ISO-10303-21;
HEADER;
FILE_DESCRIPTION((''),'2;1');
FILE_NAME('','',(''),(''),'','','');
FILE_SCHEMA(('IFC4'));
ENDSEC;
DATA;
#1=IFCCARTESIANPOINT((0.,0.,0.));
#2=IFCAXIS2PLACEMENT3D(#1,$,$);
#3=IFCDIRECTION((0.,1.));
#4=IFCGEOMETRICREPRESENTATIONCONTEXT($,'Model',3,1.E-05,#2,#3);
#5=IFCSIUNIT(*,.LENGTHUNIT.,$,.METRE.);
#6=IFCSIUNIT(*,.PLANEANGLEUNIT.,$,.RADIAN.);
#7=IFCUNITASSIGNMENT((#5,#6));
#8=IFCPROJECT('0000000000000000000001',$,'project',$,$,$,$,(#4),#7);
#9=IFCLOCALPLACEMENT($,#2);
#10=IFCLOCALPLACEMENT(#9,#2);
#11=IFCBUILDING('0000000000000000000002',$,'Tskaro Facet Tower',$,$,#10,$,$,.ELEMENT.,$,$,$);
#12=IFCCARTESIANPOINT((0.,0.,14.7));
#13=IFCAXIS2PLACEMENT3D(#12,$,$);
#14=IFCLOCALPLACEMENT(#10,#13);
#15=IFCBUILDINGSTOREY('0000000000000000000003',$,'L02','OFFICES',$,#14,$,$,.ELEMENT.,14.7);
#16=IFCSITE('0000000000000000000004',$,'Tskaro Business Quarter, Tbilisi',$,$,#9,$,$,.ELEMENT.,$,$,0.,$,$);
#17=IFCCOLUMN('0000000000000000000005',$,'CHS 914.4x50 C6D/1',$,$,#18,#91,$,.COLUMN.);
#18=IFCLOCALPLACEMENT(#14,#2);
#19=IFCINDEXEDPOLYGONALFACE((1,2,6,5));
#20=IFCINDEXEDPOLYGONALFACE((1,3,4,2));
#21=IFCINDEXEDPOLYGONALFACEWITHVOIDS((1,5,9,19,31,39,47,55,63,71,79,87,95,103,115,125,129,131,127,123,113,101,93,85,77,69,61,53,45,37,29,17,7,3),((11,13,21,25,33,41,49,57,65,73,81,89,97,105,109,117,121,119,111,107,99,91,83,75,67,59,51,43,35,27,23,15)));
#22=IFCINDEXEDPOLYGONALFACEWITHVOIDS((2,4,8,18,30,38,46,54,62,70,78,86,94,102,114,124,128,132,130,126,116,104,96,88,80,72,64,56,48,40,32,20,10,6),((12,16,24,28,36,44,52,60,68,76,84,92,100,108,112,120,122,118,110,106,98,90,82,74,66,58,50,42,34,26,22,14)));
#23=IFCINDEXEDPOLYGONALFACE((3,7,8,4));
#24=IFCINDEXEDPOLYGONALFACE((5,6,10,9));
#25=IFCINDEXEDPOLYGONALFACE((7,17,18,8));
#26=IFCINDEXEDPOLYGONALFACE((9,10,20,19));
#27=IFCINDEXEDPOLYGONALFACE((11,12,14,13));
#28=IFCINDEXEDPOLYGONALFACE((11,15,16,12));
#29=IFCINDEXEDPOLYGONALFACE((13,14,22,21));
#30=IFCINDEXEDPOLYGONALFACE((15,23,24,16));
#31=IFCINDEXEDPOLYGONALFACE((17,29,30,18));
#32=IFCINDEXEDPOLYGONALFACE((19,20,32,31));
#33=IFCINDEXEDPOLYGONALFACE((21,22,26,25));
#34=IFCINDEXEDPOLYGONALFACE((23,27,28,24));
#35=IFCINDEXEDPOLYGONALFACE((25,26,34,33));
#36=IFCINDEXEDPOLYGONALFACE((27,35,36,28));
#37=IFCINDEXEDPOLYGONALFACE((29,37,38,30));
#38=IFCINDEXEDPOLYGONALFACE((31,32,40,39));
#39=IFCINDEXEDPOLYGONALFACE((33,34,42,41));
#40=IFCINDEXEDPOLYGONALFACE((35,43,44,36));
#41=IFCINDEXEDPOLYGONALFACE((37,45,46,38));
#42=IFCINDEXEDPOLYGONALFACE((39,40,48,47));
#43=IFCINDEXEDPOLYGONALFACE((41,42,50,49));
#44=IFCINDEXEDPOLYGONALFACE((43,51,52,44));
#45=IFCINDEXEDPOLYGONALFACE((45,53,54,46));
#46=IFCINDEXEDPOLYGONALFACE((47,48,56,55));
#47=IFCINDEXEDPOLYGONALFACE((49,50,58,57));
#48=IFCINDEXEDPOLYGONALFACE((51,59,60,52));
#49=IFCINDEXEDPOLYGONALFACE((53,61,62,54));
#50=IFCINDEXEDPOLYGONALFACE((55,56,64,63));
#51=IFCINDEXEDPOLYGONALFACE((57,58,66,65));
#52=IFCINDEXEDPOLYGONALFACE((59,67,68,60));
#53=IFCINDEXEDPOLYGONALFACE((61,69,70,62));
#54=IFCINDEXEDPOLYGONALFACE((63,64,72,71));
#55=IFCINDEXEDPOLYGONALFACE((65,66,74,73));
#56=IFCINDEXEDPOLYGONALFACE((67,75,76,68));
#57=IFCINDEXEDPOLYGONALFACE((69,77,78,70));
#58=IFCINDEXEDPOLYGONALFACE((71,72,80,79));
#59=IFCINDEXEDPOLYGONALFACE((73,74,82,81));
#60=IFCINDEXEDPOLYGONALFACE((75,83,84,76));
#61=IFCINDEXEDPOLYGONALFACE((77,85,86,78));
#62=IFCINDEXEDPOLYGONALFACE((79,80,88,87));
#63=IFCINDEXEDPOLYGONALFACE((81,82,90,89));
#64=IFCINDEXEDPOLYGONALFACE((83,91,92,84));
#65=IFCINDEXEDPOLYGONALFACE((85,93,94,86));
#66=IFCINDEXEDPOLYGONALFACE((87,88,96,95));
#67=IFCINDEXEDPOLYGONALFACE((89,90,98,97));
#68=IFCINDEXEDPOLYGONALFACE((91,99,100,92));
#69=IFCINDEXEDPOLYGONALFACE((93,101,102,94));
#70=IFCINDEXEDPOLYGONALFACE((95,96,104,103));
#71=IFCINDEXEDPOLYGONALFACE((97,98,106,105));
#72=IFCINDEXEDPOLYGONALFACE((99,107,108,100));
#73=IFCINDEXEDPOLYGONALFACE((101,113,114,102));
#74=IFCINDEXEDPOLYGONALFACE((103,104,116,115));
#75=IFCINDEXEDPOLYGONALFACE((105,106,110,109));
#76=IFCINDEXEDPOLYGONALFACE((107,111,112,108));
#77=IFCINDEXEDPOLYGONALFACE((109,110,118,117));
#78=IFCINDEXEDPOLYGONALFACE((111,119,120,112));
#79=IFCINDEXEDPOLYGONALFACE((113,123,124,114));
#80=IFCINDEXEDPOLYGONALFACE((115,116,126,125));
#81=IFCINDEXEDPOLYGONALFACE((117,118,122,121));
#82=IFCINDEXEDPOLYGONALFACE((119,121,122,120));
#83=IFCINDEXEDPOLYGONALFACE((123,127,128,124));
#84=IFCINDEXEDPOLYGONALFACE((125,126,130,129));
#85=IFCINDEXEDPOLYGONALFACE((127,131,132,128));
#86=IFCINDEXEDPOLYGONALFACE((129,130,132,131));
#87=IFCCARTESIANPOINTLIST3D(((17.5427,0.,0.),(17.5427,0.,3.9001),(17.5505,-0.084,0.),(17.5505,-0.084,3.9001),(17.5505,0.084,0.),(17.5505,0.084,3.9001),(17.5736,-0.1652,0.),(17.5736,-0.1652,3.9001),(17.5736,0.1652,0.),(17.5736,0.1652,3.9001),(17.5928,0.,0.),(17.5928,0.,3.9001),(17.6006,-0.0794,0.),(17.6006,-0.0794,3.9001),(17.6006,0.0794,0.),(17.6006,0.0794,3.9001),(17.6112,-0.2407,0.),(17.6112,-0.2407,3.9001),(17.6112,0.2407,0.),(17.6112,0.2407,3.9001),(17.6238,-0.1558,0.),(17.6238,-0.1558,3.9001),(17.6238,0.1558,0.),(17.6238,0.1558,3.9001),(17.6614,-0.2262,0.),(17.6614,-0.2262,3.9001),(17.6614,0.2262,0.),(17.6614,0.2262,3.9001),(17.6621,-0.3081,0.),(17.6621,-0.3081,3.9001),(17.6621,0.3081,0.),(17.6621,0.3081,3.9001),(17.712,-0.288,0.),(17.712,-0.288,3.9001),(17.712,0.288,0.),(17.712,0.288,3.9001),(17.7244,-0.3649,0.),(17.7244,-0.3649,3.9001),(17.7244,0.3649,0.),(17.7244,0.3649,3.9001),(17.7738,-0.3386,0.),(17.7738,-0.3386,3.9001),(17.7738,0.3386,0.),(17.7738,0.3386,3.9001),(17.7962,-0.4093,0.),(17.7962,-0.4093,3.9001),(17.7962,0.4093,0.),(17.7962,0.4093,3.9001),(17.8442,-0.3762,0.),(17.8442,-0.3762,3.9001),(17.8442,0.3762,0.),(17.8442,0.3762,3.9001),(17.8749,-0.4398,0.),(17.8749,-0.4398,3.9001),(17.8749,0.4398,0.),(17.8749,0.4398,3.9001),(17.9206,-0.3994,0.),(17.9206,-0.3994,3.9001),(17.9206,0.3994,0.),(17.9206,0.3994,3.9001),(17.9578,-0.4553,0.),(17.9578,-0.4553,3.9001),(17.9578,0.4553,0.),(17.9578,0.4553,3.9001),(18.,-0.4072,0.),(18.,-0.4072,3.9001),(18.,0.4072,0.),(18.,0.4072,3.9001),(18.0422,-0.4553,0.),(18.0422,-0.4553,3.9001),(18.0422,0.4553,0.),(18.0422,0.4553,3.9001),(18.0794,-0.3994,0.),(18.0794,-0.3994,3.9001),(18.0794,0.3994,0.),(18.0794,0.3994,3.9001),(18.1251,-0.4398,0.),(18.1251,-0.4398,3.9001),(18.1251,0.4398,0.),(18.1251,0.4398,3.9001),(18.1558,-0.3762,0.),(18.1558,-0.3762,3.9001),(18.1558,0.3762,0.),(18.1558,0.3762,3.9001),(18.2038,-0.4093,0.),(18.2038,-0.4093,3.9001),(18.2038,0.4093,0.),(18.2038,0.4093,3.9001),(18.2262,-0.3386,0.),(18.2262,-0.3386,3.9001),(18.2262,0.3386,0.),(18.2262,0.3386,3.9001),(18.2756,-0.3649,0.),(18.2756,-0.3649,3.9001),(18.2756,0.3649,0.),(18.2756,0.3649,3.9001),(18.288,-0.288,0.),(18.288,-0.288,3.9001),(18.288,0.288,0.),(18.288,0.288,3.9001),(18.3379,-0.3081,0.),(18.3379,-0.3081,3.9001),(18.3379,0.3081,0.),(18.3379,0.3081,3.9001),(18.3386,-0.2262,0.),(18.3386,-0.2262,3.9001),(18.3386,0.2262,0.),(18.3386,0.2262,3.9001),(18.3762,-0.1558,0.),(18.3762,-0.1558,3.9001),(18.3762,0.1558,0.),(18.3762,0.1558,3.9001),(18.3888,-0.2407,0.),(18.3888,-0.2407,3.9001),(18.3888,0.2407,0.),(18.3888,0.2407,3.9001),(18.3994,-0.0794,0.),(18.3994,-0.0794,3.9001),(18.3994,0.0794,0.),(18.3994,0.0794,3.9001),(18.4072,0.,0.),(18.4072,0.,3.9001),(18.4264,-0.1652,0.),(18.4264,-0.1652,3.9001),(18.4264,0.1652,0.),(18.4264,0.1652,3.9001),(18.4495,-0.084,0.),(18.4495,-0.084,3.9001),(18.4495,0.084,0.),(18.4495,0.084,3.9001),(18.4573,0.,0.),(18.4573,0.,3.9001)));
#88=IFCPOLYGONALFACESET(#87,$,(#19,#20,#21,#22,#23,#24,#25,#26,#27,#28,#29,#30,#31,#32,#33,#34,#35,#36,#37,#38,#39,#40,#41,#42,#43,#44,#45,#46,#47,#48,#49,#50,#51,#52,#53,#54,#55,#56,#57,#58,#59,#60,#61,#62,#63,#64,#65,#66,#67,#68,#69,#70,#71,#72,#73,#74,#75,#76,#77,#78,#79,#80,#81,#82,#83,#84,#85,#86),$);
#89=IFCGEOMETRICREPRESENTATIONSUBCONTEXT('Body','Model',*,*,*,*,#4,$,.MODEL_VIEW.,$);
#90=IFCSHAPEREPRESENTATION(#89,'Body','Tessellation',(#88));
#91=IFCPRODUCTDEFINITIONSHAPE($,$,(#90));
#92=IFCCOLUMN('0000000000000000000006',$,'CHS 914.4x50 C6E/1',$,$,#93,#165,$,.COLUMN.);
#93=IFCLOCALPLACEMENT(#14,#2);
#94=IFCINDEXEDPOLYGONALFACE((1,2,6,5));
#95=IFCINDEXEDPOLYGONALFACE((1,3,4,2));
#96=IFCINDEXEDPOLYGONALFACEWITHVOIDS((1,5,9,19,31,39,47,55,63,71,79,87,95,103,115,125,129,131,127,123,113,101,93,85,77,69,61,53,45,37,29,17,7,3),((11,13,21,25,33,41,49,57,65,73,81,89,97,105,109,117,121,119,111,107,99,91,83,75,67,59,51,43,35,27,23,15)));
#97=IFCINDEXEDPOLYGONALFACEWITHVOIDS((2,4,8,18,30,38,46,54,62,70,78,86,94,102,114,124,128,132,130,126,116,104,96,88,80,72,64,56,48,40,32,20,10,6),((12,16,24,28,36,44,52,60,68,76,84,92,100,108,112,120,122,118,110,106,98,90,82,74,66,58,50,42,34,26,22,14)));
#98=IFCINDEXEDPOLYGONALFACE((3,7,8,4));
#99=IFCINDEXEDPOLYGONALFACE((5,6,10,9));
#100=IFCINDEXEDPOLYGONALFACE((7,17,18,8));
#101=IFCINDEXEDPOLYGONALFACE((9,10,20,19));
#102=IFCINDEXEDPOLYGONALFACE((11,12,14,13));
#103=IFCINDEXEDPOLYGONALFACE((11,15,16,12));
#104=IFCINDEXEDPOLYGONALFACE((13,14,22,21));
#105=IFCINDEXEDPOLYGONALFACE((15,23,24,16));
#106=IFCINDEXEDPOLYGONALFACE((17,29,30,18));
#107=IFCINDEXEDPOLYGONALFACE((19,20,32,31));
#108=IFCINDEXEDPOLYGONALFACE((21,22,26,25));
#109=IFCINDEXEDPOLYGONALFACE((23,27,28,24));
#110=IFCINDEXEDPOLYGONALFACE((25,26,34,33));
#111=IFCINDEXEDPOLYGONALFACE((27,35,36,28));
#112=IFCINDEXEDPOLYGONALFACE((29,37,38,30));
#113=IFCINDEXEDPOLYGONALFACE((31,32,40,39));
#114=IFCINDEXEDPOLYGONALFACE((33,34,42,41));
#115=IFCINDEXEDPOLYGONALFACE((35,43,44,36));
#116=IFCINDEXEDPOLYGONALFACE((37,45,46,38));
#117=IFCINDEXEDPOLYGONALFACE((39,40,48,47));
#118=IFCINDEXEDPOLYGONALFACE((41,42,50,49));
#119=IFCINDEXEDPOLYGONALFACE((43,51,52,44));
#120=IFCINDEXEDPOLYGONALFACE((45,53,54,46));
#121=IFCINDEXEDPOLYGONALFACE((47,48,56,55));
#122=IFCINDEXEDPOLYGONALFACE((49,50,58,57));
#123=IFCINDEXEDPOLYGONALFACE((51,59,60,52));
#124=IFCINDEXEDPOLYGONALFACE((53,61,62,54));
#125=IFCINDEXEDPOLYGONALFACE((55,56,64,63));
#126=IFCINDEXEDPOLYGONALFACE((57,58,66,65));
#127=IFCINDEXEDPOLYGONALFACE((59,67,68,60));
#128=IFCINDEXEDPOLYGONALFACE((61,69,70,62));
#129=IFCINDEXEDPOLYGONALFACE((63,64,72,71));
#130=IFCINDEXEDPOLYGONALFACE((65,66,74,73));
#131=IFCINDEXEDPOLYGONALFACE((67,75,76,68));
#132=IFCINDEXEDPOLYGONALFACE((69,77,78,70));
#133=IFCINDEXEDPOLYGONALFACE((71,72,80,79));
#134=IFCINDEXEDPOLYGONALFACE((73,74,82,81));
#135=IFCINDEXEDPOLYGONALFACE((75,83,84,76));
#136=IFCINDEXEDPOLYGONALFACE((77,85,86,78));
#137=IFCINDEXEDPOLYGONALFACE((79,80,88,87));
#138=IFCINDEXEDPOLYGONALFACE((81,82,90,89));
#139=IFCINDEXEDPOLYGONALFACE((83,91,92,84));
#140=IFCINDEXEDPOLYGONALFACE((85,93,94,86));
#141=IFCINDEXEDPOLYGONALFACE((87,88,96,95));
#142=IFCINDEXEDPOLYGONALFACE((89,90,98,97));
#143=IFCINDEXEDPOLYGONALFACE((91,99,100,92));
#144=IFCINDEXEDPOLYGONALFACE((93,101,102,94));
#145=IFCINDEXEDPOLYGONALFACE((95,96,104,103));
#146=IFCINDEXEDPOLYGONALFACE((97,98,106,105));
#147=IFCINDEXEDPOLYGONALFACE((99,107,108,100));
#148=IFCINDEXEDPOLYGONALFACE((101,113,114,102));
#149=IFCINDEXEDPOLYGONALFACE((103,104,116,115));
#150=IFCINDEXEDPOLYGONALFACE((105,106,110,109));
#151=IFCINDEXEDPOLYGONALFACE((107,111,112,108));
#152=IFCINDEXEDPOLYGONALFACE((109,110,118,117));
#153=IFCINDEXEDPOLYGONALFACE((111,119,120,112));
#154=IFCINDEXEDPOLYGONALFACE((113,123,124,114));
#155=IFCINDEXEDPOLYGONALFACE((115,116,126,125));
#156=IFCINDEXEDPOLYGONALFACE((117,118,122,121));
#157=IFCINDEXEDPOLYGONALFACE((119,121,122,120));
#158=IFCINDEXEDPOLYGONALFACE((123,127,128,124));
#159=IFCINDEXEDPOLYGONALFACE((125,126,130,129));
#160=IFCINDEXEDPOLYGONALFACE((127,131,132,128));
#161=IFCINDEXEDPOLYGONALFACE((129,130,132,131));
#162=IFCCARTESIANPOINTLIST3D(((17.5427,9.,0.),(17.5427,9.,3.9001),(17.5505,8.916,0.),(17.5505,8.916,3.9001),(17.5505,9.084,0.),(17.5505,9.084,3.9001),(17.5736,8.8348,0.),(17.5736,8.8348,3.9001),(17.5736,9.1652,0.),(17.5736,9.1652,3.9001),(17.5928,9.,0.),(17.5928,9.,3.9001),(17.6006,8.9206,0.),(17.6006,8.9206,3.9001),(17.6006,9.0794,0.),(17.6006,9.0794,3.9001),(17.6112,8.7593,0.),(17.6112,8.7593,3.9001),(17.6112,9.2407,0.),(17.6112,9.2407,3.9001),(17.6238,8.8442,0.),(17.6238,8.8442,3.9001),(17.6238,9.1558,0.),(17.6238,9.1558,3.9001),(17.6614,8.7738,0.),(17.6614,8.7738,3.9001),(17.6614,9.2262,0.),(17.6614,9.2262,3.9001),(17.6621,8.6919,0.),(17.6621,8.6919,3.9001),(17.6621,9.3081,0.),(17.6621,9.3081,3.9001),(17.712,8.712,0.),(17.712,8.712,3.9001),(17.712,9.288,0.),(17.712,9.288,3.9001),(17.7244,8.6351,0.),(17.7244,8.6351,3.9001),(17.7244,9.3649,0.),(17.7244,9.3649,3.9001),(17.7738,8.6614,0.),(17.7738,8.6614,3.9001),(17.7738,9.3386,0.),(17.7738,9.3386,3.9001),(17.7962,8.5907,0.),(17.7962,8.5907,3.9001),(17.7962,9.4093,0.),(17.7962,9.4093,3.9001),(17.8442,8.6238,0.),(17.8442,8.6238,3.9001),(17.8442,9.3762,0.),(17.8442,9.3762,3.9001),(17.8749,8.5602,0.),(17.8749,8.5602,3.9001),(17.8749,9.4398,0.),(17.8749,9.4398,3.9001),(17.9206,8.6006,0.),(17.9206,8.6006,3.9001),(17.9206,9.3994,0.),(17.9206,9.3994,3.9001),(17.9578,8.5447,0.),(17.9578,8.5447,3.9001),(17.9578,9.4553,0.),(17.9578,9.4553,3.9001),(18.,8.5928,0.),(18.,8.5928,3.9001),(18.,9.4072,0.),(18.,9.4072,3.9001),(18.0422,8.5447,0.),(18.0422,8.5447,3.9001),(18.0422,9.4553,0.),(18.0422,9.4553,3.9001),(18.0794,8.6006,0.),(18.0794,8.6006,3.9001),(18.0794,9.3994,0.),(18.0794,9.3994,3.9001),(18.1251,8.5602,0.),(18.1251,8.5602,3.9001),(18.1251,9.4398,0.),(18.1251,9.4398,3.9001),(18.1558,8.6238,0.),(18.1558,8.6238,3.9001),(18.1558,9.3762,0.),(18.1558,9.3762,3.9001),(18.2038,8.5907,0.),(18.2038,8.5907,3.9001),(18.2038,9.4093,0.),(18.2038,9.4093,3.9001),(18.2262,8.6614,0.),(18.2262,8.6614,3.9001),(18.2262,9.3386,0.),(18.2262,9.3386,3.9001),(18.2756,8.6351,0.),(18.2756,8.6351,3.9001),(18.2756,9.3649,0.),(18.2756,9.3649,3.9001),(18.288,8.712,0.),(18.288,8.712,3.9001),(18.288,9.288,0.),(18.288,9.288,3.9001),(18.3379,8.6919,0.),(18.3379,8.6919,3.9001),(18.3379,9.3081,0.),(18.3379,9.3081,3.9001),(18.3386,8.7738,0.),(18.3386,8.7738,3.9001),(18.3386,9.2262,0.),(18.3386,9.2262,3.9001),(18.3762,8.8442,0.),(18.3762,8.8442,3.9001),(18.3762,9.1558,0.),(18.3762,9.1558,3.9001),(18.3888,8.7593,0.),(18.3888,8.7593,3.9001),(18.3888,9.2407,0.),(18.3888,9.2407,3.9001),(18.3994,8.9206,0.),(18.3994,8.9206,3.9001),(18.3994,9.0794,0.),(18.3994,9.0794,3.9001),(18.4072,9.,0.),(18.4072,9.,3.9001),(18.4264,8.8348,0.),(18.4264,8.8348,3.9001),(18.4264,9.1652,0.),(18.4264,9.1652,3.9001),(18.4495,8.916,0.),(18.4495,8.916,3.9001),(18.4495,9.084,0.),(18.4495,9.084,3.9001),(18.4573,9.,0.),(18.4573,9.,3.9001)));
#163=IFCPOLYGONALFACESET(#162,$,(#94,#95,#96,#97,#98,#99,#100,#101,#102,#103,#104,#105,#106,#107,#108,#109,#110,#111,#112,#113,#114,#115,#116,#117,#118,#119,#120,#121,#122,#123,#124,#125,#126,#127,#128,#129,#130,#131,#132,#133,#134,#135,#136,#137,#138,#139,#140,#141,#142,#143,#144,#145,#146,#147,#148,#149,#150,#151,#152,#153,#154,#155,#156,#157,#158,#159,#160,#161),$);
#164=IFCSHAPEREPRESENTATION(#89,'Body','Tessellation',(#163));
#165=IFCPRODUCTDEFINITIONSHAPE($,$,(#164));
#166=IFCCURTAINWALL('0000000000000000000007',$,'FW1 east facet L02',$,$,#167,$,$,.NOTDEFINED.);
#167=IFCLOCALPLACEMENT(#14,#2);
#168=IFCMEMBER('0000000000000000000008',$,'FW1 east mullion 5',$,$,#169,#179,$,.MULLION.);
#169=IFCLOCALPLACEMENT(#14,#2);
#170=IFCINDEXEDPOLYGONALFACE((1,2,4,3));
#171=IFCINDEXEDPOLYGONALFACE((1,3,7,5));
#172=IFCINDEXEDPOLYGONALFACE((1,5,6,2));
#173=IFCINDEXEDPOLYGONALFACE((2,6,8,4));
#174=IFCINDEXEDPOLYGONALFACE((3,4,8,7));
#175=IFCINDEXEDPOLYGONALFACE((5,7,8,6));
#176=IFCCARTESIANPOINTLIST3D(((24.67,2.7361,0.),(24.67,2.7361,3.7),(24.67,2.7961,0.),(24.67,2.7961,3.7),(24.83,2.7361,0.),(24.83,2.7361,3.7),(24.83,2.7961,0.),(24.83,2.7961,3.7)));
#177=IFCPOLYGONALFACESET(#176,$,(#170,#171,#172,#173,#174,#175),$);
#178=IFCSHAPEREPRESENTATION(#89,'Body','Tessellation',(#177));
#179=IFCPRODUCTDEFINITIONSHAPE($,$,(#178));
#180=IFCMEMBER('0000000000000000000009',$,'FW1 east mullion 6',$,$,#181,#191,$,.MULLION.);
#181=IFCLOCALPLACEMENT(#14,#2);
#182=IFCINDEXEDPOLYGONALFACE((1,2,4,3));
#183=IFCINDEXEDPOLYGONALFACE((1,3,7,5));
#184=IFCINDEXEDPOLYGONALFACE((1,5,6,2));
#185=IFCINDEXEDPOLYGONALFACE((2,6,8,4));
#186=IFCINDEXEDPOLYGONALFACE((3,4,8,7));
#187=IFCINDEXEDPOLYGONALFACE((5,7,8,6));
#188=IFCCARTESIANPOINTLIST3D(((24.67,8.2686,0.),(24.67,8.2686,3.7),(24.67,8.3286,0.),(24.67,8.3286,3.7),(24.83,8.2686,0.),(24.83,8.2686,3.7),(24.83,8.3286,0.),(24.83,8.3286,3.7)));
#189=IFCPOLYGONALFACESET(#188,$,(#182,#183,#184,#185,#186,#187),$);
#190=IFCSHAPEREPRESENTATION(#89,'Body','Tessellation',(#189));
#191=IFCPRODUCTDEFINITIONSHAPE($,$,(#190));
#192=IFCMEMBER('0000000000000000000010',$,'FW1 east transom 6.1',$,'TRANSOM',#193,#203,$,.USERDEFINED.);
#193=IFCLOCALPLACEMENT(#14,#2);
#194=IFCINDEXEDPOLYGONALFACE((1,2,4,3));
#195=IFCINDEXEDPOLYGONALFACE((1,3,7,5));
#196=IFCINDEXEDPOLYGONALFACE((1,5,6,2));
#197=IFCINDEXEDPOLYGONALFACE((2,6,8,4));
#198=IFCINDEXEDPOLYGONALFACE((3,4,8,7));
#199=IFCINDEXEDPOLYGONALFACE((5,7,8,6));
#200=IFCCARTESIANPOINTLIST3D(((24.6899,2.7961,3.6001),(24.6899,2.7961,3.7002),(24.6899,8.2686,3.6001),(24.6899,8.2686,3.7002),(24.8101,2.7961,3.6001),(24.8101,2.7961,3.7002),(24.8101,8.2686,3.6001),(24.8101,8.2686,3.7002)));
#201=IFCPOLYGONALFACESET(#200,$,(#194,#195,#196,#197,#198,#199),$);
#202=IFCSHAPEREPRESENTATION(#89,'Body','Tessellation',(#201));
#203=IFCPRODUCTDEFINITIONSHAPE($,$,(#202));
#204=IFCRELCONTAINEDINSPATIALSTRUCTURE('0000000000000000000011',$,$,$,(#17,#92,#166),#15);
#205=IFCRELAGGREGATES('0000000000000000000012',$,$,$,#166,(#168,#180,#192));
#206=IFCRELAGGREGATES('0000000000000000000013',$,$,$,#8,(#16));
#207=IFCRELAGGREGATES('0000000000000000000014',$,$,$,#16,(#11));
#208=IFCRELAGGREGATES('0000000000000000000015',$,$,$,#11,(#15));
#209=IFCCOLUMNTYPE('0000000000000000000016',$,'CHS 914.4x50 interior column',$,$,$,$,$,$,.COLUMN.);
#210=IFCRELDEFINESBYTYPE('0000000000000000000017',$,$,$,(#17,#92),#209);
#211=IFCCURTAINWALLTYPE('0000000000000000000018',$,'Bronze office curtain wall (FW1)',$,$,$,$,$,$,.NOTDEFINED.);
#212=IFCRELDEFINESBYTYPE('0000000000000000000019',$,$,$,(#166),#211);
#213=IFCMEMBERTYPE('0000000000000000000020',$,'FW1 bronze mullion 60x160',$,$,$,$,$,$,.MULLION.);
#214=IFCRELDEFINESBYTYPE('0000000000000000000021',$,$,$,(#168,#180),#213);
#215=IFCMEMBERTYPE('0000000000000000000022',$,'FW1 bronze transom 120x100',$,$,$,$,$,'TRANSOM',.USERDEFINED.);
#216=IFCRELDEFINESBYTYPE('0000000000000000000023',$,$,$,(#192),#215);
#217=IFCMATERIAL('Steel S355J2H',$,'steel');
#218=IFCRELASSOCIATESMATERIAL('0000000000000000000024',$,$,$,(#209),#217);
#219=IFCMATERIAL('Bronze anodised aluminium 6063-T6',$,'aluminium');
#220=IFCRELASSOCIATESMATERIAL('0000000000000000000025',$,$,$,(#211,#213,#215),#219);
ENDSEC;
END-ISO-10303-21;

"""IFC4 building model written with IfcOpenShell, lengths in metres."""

from ifc_helpers import new_model, si_unit, direction, frame, origin, origin_2d, place, context, subcontext, project, spatial, rectangle, hollow_circle, extrude, material, material_profile, profile_set, type_object, element, aggregate, save


model = new_model("IFC4")

# Units and contexts
model_context = context("Model", 3, precision=1e-05, world=origin(), true_north=direction((0.0, 1.0)))
body_context = subcontext(model_context, "Body", "Model", "MODEL_VIEW")
ifc_project = project(units=[si_unit("LENGTHUNIT", "METRE"), si_unit("PLANEANGLEUNIT", "RADIAN")], contexts=[model_context])

# Site, building, storey
site_placement = place(None, origin())
site = spatial("IfcSite", under=ifc_project, at=site_placement, Name="Tskaro Business Quarter, Tbilisi", CompositionType="ELEMENT", RefElevation=0.0)
building_placement = place(site_placement, origin())
building = spatial("IfcBuilding", under=site, at=building_placement, Name="Tskaro Facet Tower", CompositionType="ELEMENT")
storey_placement = place(building_placement, frame((0.0, 0.0, 14.7)))
storey = spatial("IfcBuildingStorey", under=building, at=storey_placement, Name="L02", Description="OFFICES", CompositionType="ELEMENT", Elevation=14.7)

# Columns
ifc_material_1 = material(Name="Steel S355J2H", Category="steel")
ifc_material_profile_1 = material_profile(ifc_material_1, hollow_circle(Radius=0.4573, WallThickness=0.05, at=origin_2d()), Name="CHS 914.4x50")
ifc_profile_set_1 = profile_set([ifc_material_profile_1], Name="Steel S355J2H")
column_type_1 = type_object("IfcColumnType", Name="CHS 914.4x50 interior column", PredefinedType="COLUMN", material=ifc_profile_set_1)
for number, where, z_axis, x_axis, name in (
    (1, (18.0, 0.0, 0.0), (0.0, 0.0, 1.0), (1.0, 0.0, 0.0), "CHS 914.4x50 C6D/1"),
    (2, (18.0, 9.0, 0.0), (0.0, 0.0, 1.0), (1.0, 0.0, 0.0), "CHS 914.4x50 C6E/1"),
):
    element("IfcColumn", number, at=place(storey_placement, frame(where, z_axis=z_axis, x_axis=x_axis)), inside=storey, type_object=column_type_1, Name=name, PredefinedType="COLUMN", context=body_context, shape_type="SweptSolid", body=[
        extrude(hollow_circle(Radius=0.4573, WallThickness=0.05, at=origin_2d()), origin(), (0.0, 0.0, 1.0), 3.9001),
    ])

# Curtain wall, members
ifc_material_2 = material(Name="Bronze anodised aluminium 6063-T6", Category="aluminium")
curtain_wall_type = type_object("IfcCurtainWallType", Name="Bronze office curtain wall (FW1)", PredefinedType="NOTDEFINED", material=ifc_material_2)
curtain_wall_placement = place(storey_placement, origin())
curtain_wall = element("IfcCurtainWall", 3, at=curtain_wall_placement, inside=storey, type_object=curtain_wall_type, Name="FW1 east facet L02", PredefinedType="NOTDEFINED")
ifc_material_profile_2 = material_profile(ifc_material_2, rectangle(XDim=0.0601, YDim=0.1599, at=origin_2d()), Name="Mullion 60x160")
ifc_profile_set_2 = profile_set([ifc_material_profile_2], Name="Bronze anodised aluminium 6063-T6")
member_type_1 = type_object("IfcMemberType", Name="FW1 bronze mullion 60x160", PredefinedType="MULLION", material=ifc_profile_set_2)
member_1_placement = place(storey_placement, frame((24.75, 2.7661, 0.0), z_axis=(0.0, 0.0, 1.0), x_axis=(0.0, 1.0, 0.0)))
member_1 = element("IfcMember", 4, at=member_1_placement, type_object=member_type_1, Name="FW1 east mullion 5", PredefinedType="MULLION", context=body_context, shape_type="SweptSolid", body=[
    extrude(rectangle(XDim=0.0601, YDim=0.1599, at=origin_2d()), origin(), (0.0, 0.0, 1.0), 3.7),
])
member_2_placement = place(storey_placement, frame((24.75, 8.2986, 0.0), z_axis=(0.0, 0.0, 1.0), x_axis=(0.0, 1.0, 0.0)))
member_2 = element("IfcMember", 5, at=member_2_placement, type_object=member_type_1, Name="FW1 east mullion 6", PredefinedType="MULLION", context=body_context, shape_type="SweptSolid", body=[
    extrude(rectangle(XDim=0.0601, YDim=0.1599, at=origin_2d()), origin(), (0.0, 0.0, 1.0), 3.7),
])
ifc_material_profile_3 = material_profile(ifc_material_2, rectangle(XDim=0.1201, YDim=0.1001, at=origin_2d()), Name="Transom 120x100")
ifc_profile_set_3 = profile_set([ifc_material_profile_3], Name="Bronze anodised aluminium 6063-T6")
member_type_2 = type_object("IfcMemberType", Name="FW1 bronze transom 120x100", ElementType="TRANSOM", PredefinedType="USERDEFINED", material=ifc_profile_set_3)
member_3_placement = place(storey_placement, frame((24.75, 2.7961, 3.6501), z_axis=(0.0, 1.0, 0.0), x_axis=(-1.0, 0.0, 0.0)))
member_3 = element("IfcMember", 6, at=member_3_placement, type_object=member_type_2, Name="FW1 east transom 6.1", ObjectType="TRANSOM", PredefinedType="USERDEFINED", context=body_context, shape_type="SweptSolid", body=[
    extrude(rectangle(XDim=0.1201, YDim=0.1001, at=origin_2d()), origin(), (0.0, 0.0, 1.0), 5.4724),
])

aggregate(curtain_wall, [member_1, member_2, member_3])

save(model, "model.ifc")
